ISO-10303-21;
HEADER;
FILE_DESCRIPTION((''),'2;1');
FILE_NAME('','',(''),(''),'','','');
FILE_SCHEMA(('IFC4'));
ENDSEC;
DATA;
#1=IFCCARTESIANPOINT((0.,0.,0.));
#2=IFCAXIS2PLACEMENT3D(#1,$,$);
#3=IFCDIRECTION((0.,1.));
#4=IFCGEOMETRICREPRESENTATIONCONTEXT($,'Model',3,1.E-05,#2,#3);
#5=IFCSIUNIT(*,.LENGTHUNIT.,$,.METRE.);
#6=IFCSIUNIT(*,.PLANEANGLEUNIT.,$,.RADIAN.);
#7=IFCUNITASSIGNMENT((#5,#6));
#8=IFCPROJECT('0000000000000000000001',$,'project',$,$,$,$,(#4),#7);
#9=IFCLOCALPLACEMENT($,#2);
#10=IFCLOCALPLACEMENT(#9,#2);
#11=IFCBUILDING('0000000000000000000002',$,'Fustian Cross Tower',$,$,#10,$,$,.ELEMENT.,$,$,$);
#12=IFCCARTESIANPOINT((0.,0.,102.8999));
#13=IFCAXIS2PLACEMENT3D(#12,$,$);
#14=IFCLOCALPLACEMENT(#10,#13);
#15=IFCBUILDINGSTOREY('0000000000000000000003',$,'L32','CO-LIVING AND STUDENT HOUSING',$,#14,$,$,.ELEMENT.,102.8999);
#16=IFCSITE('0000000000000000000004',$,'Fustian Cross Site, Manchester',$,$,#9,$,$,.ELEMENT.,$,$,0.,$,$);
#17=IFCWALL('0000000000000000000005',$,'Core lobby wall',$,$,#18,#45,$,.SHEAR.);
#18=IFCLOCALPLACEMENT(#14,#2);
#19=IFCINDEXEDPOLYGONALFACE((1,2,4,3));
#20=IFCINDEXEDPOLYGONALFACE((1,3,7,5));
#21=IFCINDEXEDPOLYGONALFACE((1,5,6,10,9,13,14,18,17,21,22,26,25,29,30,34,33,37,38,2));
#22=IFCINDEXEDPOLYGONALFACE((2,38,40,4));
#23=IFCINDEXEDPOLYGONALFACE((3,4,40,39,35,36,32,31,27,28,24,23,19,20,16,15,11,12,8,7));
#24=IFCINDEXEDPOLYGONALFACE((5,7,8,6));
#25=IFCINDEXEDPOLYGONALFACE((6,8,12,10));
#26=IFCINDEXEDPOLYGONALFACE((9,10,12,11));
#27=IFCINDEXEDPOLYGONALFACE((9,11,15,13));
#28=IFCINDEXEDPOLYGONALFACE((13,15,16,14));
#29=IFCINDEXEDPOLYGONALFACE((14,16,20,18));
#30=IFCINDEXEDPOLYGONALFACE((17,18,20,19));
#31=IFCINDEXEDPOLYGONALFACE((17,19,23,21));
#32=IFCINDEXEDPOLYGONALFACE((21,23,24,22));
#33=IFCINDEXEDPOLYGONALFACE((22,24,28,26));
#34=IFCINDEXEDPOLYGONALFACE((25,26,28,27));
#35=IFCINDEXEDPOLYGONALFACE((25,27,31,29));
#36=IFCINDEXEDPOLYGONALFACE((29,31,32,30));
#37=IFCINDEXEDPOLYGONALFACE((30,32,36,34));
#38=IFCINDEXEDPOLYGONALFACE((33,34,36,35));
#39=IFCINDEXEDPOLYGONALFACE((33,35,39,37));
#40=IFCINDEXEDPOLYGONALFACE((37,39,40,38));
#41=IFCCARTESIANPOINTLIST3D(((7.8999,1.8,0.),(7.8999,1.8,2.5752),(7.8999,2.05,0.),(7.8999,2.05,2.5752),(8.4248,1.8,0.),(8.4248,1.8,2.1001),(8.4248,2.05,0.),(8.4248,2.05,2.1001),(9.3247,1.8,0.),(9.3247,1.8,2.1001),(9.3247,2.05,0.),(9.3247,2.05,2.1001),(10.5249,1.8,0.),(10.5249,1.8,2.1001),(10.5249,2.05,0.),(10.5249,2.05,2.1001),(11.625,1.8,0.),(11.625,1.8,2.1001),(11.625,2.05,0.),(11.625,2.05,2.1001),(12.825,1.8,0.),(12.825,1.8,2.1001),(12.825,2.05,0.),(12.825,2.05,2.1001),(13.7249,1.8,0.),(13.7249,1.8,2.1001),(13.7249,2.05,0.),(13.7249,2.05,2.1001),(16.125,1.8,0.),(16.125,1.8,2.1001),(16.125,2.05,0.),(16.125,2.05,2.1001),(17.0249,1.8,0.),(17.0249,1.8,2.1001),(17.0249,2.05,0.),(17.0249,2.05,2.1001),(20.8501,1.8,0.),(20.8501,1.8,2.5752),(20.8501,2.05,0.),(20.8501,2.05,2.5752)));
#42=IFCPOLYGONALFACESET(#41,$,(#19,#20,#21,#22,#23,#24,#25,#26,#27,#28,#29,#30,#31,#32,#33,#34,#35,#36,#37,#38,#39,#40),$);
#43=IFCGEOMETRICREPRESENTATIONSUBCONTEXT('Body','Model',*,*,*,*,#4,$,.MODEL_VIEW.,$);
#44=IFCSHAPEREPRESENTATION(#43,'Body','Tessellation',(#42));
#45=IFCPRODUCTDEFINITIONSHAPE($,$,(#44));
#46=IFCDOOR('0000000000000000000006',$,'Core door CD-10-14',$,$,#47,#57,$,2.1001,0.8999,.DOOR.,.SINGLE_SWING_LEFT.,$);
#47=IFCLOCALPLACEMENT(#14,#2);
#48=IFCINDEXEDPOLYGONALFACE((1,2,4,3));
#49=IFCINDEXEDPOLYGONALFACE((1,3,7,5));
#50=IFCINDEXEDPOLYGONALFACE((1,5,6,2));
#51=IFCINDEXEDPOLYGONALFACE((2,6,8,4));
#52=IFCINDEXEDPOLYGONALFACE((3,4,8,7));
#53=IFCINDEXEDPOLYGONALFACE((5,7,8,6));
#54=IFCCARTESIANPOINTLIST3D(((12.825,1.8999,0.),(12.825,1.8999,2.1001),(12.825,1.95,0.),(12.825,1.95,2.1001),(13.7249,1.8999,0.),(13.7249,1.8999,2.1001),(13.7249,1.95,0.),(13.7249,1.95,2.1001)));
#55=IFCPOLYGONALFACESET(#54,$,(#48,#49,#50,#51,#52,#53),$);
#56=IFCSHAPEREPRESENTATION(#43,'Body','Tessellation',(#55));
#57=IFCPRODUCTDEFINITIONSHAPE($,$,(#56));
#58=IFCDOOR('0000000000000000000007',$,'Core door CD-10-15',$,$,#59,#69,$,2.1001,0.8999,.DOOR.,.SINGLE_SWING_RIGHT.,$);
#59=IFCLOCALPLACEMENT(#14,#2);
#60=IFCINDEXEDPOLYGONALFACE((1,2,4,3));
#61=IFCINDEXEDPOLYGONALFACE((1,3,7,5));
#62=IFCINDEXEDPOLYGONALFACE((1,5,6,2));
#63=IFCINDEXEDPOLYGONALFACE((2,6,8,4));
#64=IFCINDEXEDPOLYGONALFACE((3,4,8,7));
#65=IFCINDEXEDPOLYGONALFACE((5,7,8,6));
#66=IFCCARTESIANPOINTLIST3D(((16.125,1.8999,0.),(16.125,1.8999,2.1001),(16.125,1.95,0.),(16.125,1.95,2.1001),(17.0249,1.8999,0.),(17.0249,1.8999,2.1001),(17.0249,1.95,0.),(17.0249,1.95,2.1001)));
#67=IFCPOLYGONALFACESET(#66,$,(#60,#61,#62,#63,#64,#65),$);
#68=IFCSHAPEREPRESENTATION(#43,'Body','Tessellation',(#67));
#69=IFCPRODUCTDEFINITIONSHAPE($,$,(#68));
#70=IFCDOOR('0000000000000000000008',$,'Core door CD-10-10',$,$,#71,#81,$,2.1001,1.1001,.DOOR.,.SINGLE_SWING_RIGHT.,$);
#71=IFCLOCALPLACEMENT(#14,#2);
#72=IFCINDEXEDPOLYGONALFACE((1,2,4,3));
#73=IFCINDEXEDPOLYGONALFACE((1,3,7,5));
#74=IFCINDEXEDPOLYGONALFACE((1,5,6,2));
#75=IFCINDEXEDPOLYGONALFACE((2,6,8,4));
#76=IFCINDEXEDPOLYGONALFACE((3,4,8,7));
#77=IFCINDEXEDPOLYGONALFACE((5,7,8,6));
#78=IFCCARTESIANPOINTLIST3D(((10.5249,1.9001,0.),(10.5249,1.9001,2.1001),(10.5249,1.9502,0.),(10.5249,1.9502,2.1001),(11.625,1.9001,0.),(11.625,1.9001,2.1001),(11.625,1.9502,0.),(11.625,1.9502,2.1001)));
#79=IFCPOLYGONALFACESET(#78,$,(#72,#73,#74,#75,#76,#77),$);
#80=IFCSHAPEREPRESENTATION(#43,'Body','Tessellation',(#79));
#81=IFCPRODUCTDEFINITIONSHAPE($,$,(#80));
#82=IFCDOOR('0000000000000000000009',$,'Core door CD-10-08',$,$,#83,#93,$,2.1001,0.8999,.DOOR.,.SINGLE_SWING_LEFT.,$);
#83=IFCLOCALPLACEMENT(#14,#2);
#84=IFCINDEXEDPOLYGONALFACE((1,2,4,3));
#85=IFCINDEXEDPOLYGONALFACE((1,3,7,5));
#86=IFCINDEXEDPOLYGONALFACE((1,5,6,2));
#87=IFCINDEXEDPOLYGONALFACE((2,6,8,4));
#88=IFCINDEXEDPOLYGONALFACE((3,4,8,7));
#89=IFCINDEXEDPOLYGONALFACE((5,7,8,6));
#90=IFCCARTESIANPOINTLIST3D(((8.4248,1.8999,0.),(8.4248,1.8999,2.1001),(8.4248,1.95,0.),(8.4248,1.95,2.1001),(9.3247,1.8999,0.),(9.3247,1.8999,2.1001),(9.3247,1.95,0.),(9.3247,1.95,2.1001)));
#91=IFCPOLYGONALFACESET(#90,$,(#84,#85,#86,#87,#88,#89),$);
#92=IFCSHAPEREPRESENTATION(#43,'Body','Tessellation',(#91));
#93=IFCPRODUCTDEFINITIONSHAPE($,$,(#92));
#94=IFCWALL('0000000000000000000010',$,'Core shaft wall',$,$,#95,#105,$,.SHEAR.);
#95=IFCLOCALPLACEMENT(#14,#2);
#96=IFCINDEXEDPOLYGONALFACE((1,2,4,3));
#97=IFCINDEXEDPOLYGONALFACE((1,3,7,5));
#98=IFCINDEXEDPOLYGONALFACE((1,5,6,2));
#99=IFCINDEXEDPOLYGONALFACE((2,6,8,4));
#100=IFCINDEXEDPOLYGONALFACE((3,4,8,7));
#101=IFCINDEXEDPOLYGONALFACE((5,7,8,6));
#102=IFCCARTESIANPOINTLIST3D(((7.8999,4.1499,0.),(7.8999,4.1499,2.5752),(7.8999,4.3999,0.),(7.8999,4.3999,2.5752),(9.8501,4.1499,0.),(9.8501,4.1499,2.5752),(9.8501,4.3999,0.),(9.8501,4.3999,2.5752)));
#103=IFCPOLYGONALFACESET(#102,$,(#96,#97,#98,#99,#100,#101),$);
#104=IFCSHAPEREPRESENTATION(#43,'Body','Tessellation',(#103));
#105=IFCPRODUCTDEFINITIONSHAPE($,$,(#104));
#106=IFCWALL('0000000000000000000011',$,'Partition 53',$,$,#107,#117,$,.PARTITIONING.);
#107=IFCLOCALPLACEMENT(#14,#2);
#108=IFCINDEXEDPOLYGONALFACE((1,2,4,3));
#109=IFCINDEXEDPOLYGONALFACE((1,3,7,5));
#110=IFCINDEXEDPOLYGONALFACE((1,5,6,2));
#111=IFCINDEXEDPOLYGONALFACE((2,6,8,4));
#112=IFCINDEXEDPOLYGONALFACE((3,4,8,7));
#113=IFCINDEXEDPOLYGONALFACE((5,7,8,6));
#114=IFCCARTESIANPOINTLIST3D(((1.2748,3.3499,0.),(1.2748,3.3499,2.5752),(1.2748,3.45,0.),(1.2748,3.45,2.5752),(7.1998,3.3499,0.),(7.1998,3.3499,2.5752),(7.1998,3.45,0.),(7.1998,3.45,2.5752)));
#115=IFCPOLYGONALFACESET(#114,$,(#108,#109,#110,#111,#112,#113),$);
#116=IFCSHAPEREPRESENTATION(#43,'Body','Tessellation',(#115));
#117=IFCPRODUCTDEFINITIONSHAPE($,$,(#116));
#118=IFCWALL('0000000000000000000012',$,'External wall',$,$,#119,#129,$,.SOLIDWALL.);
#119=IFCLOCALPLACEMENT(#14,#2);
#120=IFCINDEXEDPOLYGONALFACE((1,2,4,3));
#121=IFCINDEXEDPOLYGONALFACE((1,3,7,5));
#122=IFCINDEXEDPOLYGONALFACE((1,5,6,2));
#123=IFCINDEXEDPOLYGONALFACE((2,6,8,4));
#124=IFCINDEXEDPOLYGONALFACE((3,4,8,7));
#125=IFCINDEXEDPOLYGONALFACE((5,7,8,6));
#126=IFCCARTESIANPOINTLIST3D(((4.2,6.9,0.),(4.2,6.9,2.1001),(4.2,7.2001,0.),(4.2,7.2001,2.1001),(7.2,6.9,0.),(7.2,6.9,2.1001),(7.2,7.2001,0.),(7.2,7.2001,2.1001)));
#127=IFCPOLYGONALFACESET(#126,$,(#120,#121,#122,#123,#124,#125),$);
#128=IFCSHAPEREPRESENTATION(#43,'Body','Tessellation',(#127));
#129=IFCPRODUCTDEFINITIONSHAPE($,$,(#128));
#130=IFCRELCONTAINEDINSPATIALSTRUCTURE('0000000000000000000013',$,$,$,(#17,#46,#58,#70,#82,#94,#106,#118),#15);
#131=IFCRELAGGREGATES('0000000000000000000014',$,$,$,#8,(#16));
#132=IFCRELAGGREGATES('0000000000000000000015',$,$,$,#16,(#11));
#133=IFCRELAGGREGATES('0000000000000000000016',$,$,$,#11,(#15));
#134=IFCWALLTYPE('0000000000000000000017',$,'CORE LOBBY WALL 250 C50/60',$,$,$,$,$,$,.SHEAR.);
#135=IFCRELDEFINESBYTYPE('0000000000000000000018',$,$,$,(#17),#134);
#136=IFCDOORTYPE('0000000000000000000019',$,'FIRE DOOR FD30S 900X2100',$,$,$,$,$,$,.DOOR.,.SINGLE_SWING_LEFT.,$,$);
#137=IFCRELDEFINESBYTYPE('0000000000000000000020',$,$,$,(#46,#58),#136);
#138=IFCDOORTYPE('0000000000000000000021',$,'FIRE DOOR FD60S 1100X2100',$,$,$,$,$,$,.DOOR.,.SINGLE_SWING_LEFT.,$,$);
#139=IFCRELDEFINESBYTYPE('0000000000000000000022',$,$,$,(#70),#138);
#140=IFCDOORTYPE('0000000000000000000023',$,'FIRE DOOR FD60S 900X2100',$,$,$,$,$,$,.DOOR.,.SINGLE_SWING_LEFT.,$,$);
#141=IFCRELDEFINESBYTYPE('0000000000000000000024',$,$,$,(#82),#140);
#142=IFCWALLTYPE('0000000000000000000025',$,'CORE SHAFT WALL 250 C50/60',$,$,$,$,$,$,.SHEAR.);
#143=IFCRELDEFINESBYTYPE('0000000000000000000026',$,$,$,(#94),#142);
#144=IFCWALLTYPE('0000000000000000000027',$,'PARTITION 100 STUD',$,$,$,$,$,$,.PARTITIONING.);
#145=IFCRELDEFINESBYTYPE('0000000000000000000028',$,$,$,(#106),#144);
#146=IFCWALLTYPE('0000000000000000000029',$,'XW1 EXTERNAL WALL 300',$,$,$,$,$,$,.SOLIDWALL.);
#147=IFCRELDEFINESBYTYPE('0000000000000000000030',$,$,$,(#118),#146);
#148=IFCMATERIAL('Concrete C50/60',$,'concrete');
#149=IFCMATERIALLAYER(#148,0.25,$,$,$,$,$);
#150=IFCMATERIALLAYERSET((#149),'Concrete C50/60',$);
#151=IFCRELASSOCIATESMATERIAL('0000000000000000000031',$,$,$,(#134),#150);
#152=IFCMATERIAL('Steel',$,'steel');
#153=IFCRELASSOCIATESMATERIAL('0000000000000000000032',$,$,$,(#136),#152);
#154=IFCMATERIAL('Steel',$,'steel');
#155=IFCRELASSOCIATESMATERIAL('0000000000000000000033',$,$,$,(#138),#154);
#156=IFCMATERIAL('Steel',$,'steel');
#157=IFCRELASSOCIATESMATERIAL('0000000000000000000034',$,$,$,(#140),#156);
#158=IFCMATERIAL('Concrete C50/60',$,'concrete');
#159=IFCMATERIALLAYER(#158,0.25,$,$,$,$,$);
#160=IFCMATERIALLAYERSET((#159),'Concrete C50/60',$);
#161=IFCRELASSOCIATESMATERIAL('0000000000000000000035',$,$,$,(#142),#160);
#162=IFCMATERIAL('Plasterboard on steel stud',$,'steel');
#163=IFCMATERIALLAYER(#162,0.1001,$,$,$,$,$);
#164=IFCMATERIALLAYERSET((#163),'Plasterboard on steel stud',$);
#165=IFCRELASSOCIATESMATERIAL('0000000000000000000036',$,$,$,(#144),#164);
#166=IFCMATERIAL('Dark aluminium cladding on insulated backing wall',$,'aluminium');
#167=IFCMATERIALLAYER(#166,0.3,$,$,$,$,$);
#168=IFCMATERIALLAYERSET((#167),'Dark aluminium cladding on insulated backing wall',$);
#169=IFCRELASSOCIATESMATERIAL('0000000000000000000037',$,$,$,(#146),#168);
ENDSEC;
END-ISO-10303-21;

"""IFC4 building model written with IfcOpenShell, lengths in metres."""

from ifc_helpers import new_model, si_unit, direction, frame, frame_2d, origin, place, context, subcontext, project, spatial, rectangle, extrude, material, layer, layer_set, type_object, element, fill, save


model = new_model("IFC4")

# Units and contexts
model_context = context("Model", 3, precision=1e-05, world=origin(), true_north=direction((0.0, 1.0)))
body_context = subcontext(model_context, "Body", "Model", "MODEL_VIEW")
ifc_project = project(units=[si_unit("LENGTHUNIT", "METRE"), si_unit("PLANEANGLEUNIT", "RADIAN")], contexts=[model_context])

# Site, building, storey
site_placement = place(None, origin())
site = spatial("IfcSite", under=ifc_project, at=site_placement, Name="Fustian Cross Site, Manchester", CompositionType="ELEMENT", RefElevation=0.0)
building_placement = place(site_placement, origin())
building = spatial("IfcBuilding", under=site, at=building_placement, Name="Fustian Cross Tower", CompositionType="ELEMENT")
storey_placement = place(building_placement, frame((0.0, 0.0, 102.8999)))
storey = spatial("IfcBuildingStorey", under=building, at=storey_placement, Name="L32", Description="CO-LIVING AND STUDENT HOUSING", CompositionType="ELEMENT", Elevation=102.8999)

# Wall, openings, doors
ifc_material_1 = material(Name="Concrete C50/60", Category="concrete")
ifc_layer_1 = layer(ifc_material_1, 0.25)
ifc_layer_set_1 = layer_set([ifc_layer_1], Name="Concrete C50/60")
wall_type_1 = type_object("IfcWallType", Name="CORE LOBBY WALL 250 C50/60", PredefinedType="SHEAR", material=ifc_layer_set_1)
wall_1_placement = place(storey_placement, frame((7.8999, 1.925, 0.0), z_axis=(0.0, 0.0, 1.0), x_axis=(1.0, 0.0, 0.0)))
wall_1 = element("IfcWall", 1, at=wall_1_placement, inside=storey, type_object=wall_type_1, Name="Core lobby wall", PredefinedType="SHEAR", context=body_context, shape_type="SweptSolid", body=[
    extrude(rectangle(XDim=12.9502, YDim=0.25, at=frame_2d((6.4751, 0.0))), origin(), (0.0, 0.0, 1.0), 2.5752),
])
opening_1_placement = place(wall_1_placement, frame((0.5249, 0.0, 0.0)))
opening_1 = element("IfcOpeningElement", 2, at=opening_1_placement, cuts=wall_1, PredefinedType="OPENING", context=body_context, shape_type="SweptSolid", body=[
    extrude(rectangle(XDim=0.8999, YDim=2.1001, at=frame_2d((0.45, 1.05))), frame((0.0, 0.135, 0.0), z_axis=(0.0, -1.0, 0.0), x_axis=(1.0, 0.0, 0.0)), (0.0, 0.0, 1.0), 0.27),
])
opening_2_placement = place(wall_1_placement, frame((2.625, 0.0, 0.0)))
opening_2 = element("IfcOpeningElement", 3, at=opening_2_placement, cuts=wall_1, PredefinedType="OPENING", context=body_context, shape_type="SweptSolid", body=[
    extrude(rectangle(XDim=1.1001, YDim=2.1001, at=frame_2d((0.55, 1.05))), frame((0.0, 0.135, 0.0), z_axis=(0.0, -1.0, 0.0), x_axis=(1.0, 0.0, 0.0)), (0.0, 0.0, 1.0), 0.27),
])
opening_3_placement = place(wall_1_placement, frame((4.925, 0.0, 0.0)))
opening_3 = element("IfcOpeningElement", 4, at=opening_3_placement, cuts=wall_1, PredefinedType="OPENING", context=body_context, shape_type="SweptSolid", body=[
    extrude(rectangle(XDim=0.8999, YDim=2.1001, at=frame_2d((0.45, 1.05))), frame((0.0, 0.135, 0.0), z_axis=(0.0, -1.0, 0.0), x_axis=(1.0, 0.0, 0.0)), (0.0, 0.0, 1.0), 0.27),
])
opening_4_placement = place(wall_1_placement, frame((8.2251, 0.0, 0.0)))
opening_4 = element("IfcOpeningElement", 5, at=opening_4_placement, cuts=wall_1, PredefinedType="OPENING", context=body_context, shape_type="SweptSolid", body=[
    extrude(rectangle(XDim=0.8999, YDim=2.1001, at=frame_2d((0.45, 1.05))), frame((0.0, 0.135, 0.0), z_axis=(0.0, -1.0, 0.0), x_axis=(1.0, 0.0, 0.0)), (0.0, 0.0, 1.0), 0.27),
])
ifc_material_2 = material(Name="Steel", Category="steel")
door_type_1 = type_object("IfcDoorType", Name="FIRE DOOR FD30S 900X2100", OperationType="SINGLE_SWING_LEFT", PredefinedType="DOOR", material=ifc_material_2)
door_1_placement = place(opening_3_placement, origin())
door_1 = element("IfcDoor", 6, at=door_1_placement, inside=storey, type_object=door_type_1, Name="Core door CD-10-14", OperationType="SINGLE_SWING_LEFT", OverallHeight=2.1001, OverallWidth=0.8999, PredefinedType="DOOR", context=body_context, shape_type="SweptSolid", body=[
    extrude(rectangle(XDim=0.8999, YDim=2.1001, at=frame_2d((0.45, 1.05))), frame((0.0, 0.0249, 0.0), z_axis=(0.0, -1.0, 0.0), x_axis=(1.0, 0.0, 0.0)), (0.0, 0.0, 1.0), 0.05),
])
fill(opening_3, door_1)
door_2_placement = place(opening_4_placement, origin())
door_2 = element("IfcDoor", 7, at=door_2_placement, inside=storey, type_object=door_type_1, Name="Core door CD-10-15", OperationType="SINGLE_SWING_RIGHT", OverallHeight=2.1001, OverallWidth=0.8999, PredefinedType="DOOR", context=body_context, shape_type="SweptSolid", body=[
    extrude(rectangle(XDim=0.8999, YDim=2.1001, at=frame_2d((0.45, 1.05))), frame((0.0, 0.0249, 0.0), z_axis=(0.0, -1.0, 0.0), x_axis=(1.0, 0.0, 0.0)), (0.0, 0.0, 1.0), 0.05),
])
fill(opening_4, door_2)
ifc_material_3 = material(Name="Steel", Category="steel")
door_type_2 = type_object("IfcDoorType", Name="FIRE DOOR FD60S 1100X2100", OperationType="SINGLE_SWING_LEFT", PredefinedType="DOOR", material=ifc_material_3)
door_3_placement = place(opening_2_placement, frame((1.1001, 0.0, 0.0), z_axis=(0.0, 0.0, 1.0), x_axis=(-1.0, 0.0, 0.0)))
door_3 = element("IfcDoor", 8, at=door_3_placement, inside=storey, type_object=door_type_2, Name="Core door CD-10-10", OperationType="SINGLE_SWING_RIGHT", OverallHeight=2.1001, OverallWidth=1.1001, PredefinedType="DOOR", context=body_context, shape_type="SweptSolid", body=[
    extrude(rectangle(XDim=1.1001, YDim=2.1001, at=frame_2d((0.55, 1.05))), frame((0.0, 0.0249, 0.0), z_axis=(0.0, -1.0, 0.0), x_axis=(1.0, 0.0, 0.0)), (0.0, 0.0, 1.0), 0.05),
])
fill(opening_2, door_3)
ifc_material_4 = material(Name="Steel", Category="steel")
door_type_3 = type_object("IfcDoorType", Name="FIRE DOOR FD60S 900X2100", OperationType="SINGLE_SWING_LEFT", PredefinedType="DOOR", material=ifc_material_4)
door_4_placement = place(opening_1_placement, origin())
door_4 = element("IfcDoor", 9, at=door_4_placement, inside=storey, type_object=door_type_3, Name="Core door CD-10-08", OperationType="SINGLE_SWING_LEFT", OverallHeight=2.1001, OverallWidth=0.8999, PredefinedType="DOOR", context=body_context, shape_type="SweptSolid", body=[
    extrude(rectangle(XDim=0.8999, YDim=2.1001, at=frame_2d((0.45, 1.05))), frame((0.0, 0.0249, 0.0), z_axis=(0.0, -1.0, 0.0), x_axis=(1.0, 0.0, 0.0)), (0.0, 0.0, 1.0), 0.05),
])
fill(opening_1, door_4)

# Walls
ifc_material_5 = material(Name="Concrete C50/60", Category="concrete")
ifc_layer_2 = layer(ifc_material_5, 0.25)
ifc_layer_set_2 = layer_set([ifc_layer_2], Name="Concrete C50/60")
wall_type_2 = type_object("IfcWallType", Name="CORE SHAFT WALL 250 C50/60", PredefinedType="SHEAR", material=ifc_layer_set_2)
wall_2_placement = place(storey_placement, frame((7.8999, 4.2749, 0.0), z_axis=(0.0, 0.0, 1.0), x_axis=(1.0, 0.0, 0.0)))
element("IfcWall", 10, at=wall_2_placement, inside=storey, type_object=wall_type_2, Name="Core shaft wall", PredefinedType="SHEAR", context=body_context, shape_type="SweptSolid", body=[
    extrude(rectangle(XDim=1.9502, YDim=0.25, at=frame_2d((0.9751, 0.0))), origin(), (0.0, 0.0, 1.0), 2.5752),
])
ifc_material_6 = material(Name="Plasterboard on steel stud", Category="steel")
ifc_layer_3 = layer(ifc_material_6, 0.1001)
ifc_layer_set_3 = layer_set([ifc_layer_3], Name="Plasterboard on steel stud")
wall_type_3 = type_object("IfcWallType", Name="PARTITION 100 STUD", PredefinedType="PARTITIONING", material=ifc_layer_set_3)
wall_3_placement = place(storey_placement, frame((1.2749, 3.3999, 0.0), z_axis=(0.0, 0.0, 1.0), x_axis=(1.0, 0.0, 0.0)))
element("IfcWall", 11, at=wall_3_placement, inside=storey, type_object=wall_type_3, Name="Partition 53", PredefinedType="PARTITIONING", context=body_context, shape_type="SweptSolid", body=[
    extrude(rectangle(XDim=5.925, YDim=0.1001, at=frame_2d((2.9624, 0.0))), origin(), (0.0, 0.0, 1.0), 2.5752),
])
ifc_material_7 = material(Name="Dark aluminium cladding on insulated backing wall", Category="aluminium")
ifc_layer_4 = layer(ifc_material_7, 0.3)
ifc_layer_set_4 = layer_set([ifc_layer_4], Name="Dark aluminium cladding on insulated backing wall")
wall_type_4 = type_object("IfcWallType", Name="XW1 EXTERNAL WALL 300", PredefinedType="SOLIDWALL", material=ifc_layer_set_4)
wall_4_placement = place(storey_placement, frame((7.2, 7.05, 0.0), z_axis=(0.0, 0.0, 1.0), x_axis=(-1.0, 0.0, 0.0)))
element("IfcWall", 12, at=wall_4_placement, inside=storey, type_object=wall_type_4, Name="External wall", PredefinedType="SOLIDWALL", context=body_context, shape_type="SweptSolid", body=[
    extrude(rectangle(XDim=3.0, YDim=0.3, at=frame_2d((1.5, 0.0))), origin(), (0.0, 0.0, 1.0), 2.1001),
])

save(model, "model.ifc")
